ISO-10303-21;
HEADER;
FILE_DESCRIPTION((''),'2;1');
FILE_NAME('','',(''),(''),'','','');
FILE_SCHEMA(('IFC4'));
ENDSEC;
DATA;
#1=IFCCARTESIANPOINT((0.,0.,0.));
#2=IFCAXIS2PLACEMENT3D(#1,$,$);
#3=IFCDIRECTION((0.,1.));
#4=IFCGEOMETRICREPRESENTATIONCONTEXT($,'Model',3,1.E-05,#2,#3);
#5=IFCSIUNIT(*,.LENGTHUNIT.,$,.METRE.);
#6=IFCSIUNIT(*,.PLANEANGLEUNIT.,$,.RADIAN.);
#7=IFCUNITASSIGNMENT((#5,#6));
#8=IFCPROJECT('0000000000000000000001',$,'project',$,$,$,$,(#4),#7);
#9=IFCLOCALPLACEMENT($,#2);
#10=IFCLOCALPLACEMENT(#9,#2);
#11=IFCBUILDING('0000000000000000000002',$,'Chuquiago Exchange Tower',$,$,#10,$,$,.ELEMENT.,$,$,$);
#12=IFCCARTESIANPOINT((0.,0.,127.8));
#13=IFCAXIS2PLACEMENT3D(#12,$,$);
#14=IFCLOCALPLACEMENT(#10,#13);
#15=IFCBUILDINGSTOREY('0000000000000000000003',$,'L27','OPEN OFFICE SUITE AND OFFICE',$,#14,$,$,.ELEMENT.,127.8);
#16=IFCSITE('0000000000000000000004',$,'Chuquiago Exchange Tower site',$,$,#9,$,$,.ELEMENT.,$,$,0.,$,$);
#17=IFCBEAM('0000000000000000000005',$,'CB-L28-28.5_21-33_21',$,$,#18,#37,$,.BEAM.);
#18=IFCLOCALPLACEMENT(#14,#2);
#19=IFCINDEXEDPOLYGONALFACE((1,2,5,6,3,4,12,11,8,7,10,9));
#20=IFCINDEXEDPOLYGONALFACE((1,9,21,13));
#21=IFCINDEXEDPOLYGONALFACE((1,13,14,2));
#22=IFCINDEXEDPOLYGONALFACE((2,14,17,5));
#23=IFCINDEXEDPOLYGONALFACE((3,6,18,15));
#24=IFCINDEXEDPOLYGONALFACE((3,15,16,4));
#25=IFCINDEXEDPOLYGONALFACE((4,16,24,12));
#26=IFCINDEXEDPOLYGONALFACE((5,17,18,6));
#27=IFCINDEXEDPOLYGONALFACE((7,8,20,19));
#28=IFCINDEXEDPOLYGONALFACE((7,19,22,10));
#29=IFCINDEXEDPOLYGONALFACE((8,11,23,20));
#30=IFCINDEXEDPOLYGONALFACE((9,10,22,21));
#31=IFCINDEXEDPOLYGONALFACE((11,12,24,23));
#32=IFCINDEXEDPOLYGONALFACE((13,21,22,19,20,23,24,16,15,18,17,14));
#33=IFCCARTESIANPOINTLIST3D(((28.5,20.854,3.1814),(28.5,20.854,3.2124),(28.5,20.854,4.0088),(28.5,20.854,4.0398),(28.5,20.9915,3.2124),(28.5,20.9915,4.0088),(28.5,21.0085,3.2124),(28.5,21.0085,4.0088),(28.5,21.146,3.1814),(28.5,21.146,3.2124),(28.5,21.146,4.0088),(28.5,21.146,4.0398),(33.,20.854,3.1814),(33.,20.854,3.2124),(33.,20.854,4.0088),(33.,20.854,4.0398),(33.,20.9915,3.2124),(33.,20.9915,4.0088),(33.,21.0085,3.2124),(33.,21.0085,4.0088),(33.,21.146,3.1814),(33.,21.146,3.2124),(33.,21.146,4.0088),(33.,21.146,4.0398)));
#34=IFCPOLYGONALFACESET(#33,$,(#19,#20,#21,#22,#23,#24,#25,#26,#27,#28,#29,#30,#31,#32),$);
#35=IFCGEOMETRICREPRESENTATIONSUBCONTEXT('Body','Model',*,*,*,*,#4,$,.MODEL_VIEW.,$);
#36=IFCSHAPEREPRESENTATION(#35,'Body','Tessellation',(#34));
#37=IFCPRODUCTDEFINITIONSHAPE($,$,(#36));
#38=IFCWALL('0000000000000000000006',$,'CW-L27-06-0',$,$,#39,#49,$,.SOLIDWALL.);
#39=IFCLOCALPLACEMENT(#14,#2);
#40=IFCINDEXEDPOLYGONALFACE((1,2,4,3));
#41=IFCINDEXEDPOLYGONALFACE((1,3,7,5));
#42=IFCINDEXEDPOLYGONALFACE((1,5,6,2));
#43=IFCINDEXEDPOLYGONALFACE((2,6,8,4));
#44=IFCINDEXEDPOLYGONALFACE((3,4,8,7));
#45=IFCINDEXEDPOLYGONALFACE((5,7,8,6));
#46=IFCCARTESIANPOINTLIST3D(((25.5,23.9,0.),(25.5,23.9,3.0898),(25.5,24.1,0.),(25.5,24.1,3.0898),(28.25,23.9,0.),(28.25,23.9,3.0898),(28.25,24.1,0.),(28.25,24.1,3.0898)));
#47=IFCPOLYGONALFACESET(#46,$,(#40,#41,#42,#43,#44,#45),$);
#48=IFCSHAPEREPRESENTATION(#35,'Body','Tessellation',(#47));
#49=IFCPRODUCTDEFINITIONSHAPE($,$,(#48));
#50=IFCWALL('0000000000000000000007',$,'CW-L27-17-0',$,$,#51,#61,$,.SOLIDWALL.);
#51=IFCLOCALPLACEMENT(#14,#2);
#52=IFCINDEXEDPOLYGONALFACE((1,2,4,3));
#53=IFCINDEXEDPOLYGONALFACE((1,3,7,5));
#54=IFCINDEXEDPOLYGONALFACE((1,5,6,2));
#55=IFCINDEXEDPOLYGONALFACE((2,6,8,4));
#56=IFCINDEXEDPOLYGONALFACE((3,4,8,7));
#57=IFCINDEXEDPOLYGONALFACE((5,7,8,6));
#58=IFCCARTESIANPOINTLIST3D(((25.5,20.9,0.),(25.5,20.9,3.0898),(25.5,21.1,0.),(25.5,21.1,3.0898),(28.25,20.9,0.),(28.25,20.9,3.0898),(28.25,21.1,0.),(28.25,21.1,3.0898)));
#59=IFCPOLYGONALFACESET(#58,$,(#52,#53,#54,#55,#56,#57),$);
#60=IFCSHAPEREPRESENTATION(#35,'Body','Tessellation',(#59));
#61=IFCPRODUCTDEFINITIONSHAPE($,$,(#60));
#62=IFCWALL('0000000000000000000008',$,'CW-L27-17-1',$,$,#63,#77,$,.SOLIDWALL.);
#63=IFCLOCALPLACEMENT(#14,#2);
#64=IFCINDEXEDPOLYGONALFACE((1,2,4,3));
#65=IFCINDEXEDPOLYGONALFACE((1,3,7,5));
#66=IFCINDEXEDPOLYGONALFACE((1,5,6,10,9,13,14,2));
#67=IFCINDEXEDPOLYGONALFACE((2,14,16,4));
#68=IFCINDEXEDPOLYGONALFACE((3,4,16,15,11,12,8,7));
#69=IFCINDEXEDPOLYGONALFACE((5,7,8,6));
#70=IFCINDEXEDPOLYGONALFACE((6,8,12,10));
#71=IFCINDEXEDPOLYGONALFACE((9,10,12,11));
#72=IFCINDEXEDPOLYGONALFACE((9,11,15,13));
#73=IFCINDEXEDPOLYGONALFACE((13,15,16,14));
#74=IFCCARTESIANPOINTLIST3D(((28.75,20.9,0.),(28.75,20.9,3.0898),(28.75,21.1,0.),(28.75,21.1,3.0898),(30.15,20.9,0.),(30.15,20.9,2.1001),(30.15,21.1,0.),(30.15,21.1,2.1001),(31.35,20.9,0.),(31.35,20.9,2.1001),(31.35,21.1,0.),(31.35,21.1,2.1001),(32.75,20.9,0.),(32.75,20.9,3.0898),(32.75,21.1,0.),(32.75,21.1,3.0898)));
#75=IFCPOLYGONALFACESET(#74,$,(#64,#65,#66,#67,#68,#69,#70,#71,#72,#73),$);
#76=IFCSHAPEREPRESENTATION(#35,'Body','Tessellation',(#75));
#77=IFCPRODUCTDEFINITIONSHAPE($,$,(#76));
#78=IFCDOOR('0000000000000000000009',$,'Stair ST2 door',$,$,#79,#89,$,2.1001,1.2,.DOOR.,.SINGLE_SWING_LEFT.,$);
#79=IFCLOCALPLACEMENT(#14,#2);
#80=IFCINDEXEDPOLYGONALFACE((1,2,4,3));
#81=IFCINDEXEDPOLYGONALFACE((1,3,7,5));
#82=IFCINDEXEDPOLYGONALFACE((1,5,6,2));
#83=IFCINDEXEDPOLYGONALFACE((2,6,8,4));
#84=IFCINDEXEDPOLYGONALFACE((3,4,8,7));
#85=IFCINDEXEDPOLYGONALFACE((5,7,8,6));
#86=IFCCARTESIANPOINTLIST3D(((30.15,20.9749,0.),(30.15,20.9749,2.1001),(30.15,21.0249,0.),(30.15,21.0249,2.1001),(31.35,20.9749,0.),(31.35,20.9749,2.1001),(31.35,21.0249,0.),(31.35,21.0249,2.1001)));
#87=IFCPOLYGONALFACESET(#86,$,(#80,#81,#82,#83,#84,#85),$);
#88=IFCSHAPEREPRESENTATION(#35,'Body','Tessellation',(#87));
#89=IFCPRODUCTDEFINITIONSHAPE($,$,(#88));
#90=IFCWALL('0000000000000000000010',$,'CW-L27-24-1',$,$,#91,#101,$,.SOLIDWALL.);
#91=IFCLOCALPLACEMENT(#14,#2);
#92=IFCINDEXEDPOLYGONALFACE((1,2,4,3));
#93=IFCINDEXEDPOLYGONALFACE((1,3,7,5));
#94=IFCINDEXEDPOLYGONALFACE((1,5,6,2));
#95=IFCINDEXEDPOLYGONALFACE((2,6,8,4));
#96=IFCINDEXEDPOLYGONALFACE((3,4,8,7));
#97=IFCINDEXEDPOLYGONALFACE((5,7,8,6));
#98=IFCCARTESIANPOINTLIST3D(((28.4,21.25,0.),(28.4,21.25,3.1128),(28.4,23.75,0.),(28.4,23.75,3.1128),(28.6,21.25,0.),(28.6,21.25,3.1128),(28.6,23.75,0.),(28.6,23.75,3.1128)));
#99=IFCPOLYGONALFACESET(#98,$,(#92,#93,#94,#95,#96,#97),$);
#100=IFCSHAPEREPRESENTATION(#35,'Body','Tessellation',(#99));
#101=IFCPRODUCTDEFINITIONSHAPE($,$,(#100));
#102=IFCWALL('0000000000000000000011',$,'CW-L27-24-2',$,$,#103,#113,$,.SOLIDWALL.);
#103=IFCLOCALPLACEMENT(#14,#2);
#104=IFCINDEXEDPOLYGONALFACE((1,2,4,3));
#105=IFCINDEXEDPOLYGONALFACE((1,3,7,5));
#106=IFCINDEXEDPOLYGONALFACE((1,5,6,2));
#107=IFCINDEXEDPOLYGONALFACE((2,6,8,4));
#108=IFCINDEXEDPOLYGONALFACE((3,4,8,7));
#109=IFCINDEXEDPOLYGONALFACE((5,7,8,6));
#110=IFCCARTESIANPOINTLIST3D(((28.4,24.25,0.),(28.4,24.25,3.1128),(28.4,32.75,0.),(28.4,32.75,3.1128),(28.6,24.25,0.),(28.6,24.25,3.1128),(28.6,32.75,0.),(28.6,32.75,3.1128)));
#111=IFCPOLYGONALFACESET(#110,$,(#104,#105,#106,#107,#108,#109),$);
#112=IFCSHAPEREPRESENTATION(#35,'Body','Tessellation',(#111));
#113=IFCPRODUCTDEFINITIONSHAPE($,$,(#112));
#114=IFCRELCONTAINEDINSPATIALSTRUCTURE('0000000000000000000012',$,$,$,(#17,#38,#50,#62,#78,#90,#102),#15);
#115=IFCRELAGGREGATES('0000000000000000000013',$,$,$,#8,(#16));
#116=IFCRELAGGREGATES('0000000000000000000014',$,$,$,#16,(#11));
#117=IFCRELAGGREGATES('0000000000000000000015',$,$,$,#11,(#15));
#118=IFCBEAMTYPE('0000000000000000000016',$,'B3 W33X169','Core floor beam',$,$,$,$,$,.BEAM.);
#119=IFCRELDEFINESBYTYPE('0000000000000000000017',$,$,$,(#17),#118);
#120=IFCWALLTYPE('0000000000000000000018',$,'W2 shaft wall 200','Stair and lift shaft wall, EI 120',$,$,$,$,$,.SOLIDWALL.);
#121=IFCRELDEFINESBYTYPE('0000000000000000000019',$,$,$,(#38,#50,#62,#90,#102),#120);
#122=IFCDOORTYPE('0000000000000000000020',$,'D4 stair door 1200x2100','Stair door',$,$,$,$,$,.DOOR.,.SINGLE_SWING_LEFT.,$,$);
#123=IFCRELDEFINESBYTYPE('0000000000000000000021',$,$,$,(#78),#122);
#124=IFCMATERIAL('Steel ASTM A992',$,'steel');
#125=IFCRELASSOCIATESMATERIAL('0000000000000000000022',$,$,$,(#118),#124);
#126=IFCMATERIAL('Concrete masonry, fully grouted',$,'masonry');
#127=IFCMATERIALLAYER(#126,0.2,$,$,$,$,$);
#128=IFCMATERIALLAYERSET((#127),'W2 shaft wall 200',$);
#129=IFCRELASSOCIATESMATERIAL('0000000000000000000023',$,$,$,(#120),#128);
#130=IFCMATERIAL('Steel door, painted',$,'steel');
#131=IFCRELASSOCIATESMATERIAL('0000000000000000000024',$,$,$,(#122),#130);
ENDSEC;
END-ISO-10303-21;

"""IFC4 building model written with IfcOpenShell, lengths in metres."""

from ifc_helpers import new_model, si_unit, direction, frame, frame_2d, origin, origin_2d, place, context, subcontext, project, spatial, rectangle, i_section, extrude, material, layer, layer_set, material_profile, profile_set, type_object, element, fill, save


model = new_model("IFC4")

# Units and contexts
model_context = context("Model", 3, precision=1e-05, world=origin(), true_north=direction((0.0, 1.0)))
body_context = subcontext(model_context, "Body", "Model", "MODEL_VIEW")
ifc_project = project(units=[si_unit("LENGTHUNIT", "METRE"), si_unit("PLANEANGLEUNIT", "RADIAN")], contexts=[model_context])

# Site, building, storey
site_placement = place(None, origin())
site = spatial("IfcSite", under=ifc_project, at=site_placement, Name="Chuquiago Exchange Tower site", CompositionType="ELEMENT", RefElevation=0.0)
building_placement = place(site_placement, origin())
building = spatial("IfcBuilding", under=site, at=building_placement, Name="Chuquiago Exchange Tower", CompositionType="ELEMENT")
storey_placement = place(building_placement, frame((0.0, 0.0, 127.8)))
storey = spatial("IfcBuildingStorey", under=building, at=storey_placement, Name="L27", Description="OPEN OFFICE SUITE AND OFFICE", CompositionType="ELEMENT", Elevation=127.8)

# Beam
ifc_material_1 = material(Name="Steel ASTM A992", Category="steel")
ifc_material_profile_1 = material_profile(ifc_material_1, i_section(OverallWidth=0.292, OverallDepth=0.8584, WebThickness=0.0171, FlangeThickness=0.031, at=origin_2d()), Name="W33X169")
ifc_profile_set_1 = profile_set([ifc_material_profile_1], Name="Steel ASTM A992")
beam_type_1 = type_object("IfcBeamType", Name="B3 W33X169", Description="Core floor beam", PredefinedType="BEAM", material=ifc_profile_set_1)
beam_1_placement = place(storey_placement, frame((28.5, 21.0, 3.6106), z_axis=(1.0, 0.0, 0.0), x_axis=(0.0, 1.0, 0.0)))
element("IfcBeam", 1, at=beam_1_placement, inside=storey, type_object=beam_type_1, Name="CB-L28-28.5_21-33_21", PredefinedType="BEAM", context=body_context, shape_type="SweptSolid", body=[
    extrude(i_section(OverallWidth=0.292, OverallDepth=0.8584, WebThickness=0.0171, FlangeThickness=0.031, at=origin_2d()), origin(), (0.0, 0.0, 1.0), 4.5),
])

# Walls
ifc_material_2 = material(Name="Concrete masonry, fully grouted", Category="masonry")
ifc_layer = layer(ifc_material_2, 0.2)
ifc_layer_set = layer_set([ifc_layer], Name="W2 shaft wall 200")
wall_type = type_object("IfcWallType", Name="W2 shaft wall 200", Description="Stair and lift shaft wall, EI 120", PredefinedType="SOLIDWALL", material=ifc_layer_set)
for number, where, z_axis, x_axis, name in (
    (2, (25.5, 24.0, 0.0), (0.0, 0.0, 1.0), (1.0, 0.0, 0.0), "CW-L27-06-0"),
    (3, (25.5, 21.0, 0.0), (0.0, 0.0, 1.0), (1.0, 0.0, 0.0), "CW-L27-17-0"),
):
    element("IfcWall", number, at=place(storey_placement, frame(where, z_axis=z_axis, x_axis=x_axis)), inside=storey, type_object=wall_type, Name=name, PredefinedType="SOLIDWALL", context=body_context, shape_type="SweptSolid", body=[
        extrude(rectangle(XDim=2.75, YDim=0.2, at=frame_2d((1.375, 0.0))), origin(), (0.0, 0.0, 1.0), 3.0898),
    ])

# Wall, opening, door
wall_1_placement = place(storey_placement, frame((28.75, 21.0, 0.0), z_axis=(0.0, 0.0, 1.0), x_axis=(1.0, 0.0, 0.0)))
wall_1 = element("IfcWall", 4, at=wall_1_placement, inside=storey, type_object=wall_type, Name="CW-L27-17-1", PredefinedType="SOLIDWALL", context=body_context, shape_type="SweptSolid", body=[
    extrude(rectangle(XDim=4.0, YDim=0.2, at=frame_2d((2.0, 0.0))), origin(), (0.0, 0.0, 1.0), 3.0898),
])
opening_placement = place(wall_1_placement, frame((1.3999, 0.0, 0.0)))
opening = element("IfcOpeningElement", 5, at=opening_placement, cuts=wall_1, PredefinedType="OPENING", context=body_context, shape_type="SweptSolid", body=[
    extrude(rectangle(XDim=1.2, YDim=2.1001, at=frame_2d((0.6001, 1.05))), frame((0.0, 0.1099, 0.0), z_axis=(0.0, -1.0, 0.0), x_axis=(1.0, 0.0, 0.0)), (0.0, 0.0, 1.0), 0.22),
])
ifc_material_3 = material(Name="Steel door, painted", Category="steel")
door_type = type_object("IfcDoorType", Name="D4 stair door 1200x2100", Description="Stair door", OperationType="SINGLE_SWING_LEFT", PredefinedType="DOOR", material=ifc_material_3)
door_placement = place(opening_placement, origin())
door = element("IfcDoor", 6, at=door_placement, inside=storey, type_object=door_type, Name="Stair ST2 door", OperationType="SINGLE_SWING_LEFT", OverallHeight=2.1001, OverallWidth=1.2, PredefinedType="DOOR", context=body_context, shape_type="SweptSolid", body=[
    extrude(rectangle(XDim=1.2, YDim=2.1001, at=frame_2d((0.6001, 1.05))), frame((0.0, 0.0249, 0.0), z_axis=(0.0, -1.0, 0.0), x_axis=(1.0, 0.0, 0.0)), (0.0, 0.0, 1.0), 0.05),
])
fill(opening, door)

# Walls
wall_2_placement = place(storey_placement, frame((28.5, 21.25, 0.0), z_axis=(0.0, 0.0, 1.0), x_axis=(0.0, 1.0, 0.0)))
element("IfcWall", 7, at=wall_2_placement, inside=storey, type_object=wall_type, Name="CW-L27-24-1", PredefinedType="SOLIDWALL", context=body_context, shape_type="SweptSolid", body=[
    extrude(rectangle(XDim=2.5, YDim=0.2, at=frame_2d((1.25, 0.0))), origin(), (0.0, 0.0, 1.0), 3.1128),
])
wall_3_placement = place(storey_placement, frame((28.5, 24.25, 0.0), z_axis=(0.0, 0.0, 1.0), x_axis=(0.0, 1.0, 0.0)))
element("IfcWall", 8, at=wall_3_placement, inside=storey, type_object=wall_type, Name="CW-L27-24-2", PredefinedType="SOLIDWALL", context=body_context, shape_type="SweptSolid", body=[
    extrude(rectangle(XDim=8.5, YDim=0.2, at=frame_2d((4.25, 0.0))), origin(), (0.0, 0.0, 1.0), 3.1128),
])

save(model, "model.ifc")
